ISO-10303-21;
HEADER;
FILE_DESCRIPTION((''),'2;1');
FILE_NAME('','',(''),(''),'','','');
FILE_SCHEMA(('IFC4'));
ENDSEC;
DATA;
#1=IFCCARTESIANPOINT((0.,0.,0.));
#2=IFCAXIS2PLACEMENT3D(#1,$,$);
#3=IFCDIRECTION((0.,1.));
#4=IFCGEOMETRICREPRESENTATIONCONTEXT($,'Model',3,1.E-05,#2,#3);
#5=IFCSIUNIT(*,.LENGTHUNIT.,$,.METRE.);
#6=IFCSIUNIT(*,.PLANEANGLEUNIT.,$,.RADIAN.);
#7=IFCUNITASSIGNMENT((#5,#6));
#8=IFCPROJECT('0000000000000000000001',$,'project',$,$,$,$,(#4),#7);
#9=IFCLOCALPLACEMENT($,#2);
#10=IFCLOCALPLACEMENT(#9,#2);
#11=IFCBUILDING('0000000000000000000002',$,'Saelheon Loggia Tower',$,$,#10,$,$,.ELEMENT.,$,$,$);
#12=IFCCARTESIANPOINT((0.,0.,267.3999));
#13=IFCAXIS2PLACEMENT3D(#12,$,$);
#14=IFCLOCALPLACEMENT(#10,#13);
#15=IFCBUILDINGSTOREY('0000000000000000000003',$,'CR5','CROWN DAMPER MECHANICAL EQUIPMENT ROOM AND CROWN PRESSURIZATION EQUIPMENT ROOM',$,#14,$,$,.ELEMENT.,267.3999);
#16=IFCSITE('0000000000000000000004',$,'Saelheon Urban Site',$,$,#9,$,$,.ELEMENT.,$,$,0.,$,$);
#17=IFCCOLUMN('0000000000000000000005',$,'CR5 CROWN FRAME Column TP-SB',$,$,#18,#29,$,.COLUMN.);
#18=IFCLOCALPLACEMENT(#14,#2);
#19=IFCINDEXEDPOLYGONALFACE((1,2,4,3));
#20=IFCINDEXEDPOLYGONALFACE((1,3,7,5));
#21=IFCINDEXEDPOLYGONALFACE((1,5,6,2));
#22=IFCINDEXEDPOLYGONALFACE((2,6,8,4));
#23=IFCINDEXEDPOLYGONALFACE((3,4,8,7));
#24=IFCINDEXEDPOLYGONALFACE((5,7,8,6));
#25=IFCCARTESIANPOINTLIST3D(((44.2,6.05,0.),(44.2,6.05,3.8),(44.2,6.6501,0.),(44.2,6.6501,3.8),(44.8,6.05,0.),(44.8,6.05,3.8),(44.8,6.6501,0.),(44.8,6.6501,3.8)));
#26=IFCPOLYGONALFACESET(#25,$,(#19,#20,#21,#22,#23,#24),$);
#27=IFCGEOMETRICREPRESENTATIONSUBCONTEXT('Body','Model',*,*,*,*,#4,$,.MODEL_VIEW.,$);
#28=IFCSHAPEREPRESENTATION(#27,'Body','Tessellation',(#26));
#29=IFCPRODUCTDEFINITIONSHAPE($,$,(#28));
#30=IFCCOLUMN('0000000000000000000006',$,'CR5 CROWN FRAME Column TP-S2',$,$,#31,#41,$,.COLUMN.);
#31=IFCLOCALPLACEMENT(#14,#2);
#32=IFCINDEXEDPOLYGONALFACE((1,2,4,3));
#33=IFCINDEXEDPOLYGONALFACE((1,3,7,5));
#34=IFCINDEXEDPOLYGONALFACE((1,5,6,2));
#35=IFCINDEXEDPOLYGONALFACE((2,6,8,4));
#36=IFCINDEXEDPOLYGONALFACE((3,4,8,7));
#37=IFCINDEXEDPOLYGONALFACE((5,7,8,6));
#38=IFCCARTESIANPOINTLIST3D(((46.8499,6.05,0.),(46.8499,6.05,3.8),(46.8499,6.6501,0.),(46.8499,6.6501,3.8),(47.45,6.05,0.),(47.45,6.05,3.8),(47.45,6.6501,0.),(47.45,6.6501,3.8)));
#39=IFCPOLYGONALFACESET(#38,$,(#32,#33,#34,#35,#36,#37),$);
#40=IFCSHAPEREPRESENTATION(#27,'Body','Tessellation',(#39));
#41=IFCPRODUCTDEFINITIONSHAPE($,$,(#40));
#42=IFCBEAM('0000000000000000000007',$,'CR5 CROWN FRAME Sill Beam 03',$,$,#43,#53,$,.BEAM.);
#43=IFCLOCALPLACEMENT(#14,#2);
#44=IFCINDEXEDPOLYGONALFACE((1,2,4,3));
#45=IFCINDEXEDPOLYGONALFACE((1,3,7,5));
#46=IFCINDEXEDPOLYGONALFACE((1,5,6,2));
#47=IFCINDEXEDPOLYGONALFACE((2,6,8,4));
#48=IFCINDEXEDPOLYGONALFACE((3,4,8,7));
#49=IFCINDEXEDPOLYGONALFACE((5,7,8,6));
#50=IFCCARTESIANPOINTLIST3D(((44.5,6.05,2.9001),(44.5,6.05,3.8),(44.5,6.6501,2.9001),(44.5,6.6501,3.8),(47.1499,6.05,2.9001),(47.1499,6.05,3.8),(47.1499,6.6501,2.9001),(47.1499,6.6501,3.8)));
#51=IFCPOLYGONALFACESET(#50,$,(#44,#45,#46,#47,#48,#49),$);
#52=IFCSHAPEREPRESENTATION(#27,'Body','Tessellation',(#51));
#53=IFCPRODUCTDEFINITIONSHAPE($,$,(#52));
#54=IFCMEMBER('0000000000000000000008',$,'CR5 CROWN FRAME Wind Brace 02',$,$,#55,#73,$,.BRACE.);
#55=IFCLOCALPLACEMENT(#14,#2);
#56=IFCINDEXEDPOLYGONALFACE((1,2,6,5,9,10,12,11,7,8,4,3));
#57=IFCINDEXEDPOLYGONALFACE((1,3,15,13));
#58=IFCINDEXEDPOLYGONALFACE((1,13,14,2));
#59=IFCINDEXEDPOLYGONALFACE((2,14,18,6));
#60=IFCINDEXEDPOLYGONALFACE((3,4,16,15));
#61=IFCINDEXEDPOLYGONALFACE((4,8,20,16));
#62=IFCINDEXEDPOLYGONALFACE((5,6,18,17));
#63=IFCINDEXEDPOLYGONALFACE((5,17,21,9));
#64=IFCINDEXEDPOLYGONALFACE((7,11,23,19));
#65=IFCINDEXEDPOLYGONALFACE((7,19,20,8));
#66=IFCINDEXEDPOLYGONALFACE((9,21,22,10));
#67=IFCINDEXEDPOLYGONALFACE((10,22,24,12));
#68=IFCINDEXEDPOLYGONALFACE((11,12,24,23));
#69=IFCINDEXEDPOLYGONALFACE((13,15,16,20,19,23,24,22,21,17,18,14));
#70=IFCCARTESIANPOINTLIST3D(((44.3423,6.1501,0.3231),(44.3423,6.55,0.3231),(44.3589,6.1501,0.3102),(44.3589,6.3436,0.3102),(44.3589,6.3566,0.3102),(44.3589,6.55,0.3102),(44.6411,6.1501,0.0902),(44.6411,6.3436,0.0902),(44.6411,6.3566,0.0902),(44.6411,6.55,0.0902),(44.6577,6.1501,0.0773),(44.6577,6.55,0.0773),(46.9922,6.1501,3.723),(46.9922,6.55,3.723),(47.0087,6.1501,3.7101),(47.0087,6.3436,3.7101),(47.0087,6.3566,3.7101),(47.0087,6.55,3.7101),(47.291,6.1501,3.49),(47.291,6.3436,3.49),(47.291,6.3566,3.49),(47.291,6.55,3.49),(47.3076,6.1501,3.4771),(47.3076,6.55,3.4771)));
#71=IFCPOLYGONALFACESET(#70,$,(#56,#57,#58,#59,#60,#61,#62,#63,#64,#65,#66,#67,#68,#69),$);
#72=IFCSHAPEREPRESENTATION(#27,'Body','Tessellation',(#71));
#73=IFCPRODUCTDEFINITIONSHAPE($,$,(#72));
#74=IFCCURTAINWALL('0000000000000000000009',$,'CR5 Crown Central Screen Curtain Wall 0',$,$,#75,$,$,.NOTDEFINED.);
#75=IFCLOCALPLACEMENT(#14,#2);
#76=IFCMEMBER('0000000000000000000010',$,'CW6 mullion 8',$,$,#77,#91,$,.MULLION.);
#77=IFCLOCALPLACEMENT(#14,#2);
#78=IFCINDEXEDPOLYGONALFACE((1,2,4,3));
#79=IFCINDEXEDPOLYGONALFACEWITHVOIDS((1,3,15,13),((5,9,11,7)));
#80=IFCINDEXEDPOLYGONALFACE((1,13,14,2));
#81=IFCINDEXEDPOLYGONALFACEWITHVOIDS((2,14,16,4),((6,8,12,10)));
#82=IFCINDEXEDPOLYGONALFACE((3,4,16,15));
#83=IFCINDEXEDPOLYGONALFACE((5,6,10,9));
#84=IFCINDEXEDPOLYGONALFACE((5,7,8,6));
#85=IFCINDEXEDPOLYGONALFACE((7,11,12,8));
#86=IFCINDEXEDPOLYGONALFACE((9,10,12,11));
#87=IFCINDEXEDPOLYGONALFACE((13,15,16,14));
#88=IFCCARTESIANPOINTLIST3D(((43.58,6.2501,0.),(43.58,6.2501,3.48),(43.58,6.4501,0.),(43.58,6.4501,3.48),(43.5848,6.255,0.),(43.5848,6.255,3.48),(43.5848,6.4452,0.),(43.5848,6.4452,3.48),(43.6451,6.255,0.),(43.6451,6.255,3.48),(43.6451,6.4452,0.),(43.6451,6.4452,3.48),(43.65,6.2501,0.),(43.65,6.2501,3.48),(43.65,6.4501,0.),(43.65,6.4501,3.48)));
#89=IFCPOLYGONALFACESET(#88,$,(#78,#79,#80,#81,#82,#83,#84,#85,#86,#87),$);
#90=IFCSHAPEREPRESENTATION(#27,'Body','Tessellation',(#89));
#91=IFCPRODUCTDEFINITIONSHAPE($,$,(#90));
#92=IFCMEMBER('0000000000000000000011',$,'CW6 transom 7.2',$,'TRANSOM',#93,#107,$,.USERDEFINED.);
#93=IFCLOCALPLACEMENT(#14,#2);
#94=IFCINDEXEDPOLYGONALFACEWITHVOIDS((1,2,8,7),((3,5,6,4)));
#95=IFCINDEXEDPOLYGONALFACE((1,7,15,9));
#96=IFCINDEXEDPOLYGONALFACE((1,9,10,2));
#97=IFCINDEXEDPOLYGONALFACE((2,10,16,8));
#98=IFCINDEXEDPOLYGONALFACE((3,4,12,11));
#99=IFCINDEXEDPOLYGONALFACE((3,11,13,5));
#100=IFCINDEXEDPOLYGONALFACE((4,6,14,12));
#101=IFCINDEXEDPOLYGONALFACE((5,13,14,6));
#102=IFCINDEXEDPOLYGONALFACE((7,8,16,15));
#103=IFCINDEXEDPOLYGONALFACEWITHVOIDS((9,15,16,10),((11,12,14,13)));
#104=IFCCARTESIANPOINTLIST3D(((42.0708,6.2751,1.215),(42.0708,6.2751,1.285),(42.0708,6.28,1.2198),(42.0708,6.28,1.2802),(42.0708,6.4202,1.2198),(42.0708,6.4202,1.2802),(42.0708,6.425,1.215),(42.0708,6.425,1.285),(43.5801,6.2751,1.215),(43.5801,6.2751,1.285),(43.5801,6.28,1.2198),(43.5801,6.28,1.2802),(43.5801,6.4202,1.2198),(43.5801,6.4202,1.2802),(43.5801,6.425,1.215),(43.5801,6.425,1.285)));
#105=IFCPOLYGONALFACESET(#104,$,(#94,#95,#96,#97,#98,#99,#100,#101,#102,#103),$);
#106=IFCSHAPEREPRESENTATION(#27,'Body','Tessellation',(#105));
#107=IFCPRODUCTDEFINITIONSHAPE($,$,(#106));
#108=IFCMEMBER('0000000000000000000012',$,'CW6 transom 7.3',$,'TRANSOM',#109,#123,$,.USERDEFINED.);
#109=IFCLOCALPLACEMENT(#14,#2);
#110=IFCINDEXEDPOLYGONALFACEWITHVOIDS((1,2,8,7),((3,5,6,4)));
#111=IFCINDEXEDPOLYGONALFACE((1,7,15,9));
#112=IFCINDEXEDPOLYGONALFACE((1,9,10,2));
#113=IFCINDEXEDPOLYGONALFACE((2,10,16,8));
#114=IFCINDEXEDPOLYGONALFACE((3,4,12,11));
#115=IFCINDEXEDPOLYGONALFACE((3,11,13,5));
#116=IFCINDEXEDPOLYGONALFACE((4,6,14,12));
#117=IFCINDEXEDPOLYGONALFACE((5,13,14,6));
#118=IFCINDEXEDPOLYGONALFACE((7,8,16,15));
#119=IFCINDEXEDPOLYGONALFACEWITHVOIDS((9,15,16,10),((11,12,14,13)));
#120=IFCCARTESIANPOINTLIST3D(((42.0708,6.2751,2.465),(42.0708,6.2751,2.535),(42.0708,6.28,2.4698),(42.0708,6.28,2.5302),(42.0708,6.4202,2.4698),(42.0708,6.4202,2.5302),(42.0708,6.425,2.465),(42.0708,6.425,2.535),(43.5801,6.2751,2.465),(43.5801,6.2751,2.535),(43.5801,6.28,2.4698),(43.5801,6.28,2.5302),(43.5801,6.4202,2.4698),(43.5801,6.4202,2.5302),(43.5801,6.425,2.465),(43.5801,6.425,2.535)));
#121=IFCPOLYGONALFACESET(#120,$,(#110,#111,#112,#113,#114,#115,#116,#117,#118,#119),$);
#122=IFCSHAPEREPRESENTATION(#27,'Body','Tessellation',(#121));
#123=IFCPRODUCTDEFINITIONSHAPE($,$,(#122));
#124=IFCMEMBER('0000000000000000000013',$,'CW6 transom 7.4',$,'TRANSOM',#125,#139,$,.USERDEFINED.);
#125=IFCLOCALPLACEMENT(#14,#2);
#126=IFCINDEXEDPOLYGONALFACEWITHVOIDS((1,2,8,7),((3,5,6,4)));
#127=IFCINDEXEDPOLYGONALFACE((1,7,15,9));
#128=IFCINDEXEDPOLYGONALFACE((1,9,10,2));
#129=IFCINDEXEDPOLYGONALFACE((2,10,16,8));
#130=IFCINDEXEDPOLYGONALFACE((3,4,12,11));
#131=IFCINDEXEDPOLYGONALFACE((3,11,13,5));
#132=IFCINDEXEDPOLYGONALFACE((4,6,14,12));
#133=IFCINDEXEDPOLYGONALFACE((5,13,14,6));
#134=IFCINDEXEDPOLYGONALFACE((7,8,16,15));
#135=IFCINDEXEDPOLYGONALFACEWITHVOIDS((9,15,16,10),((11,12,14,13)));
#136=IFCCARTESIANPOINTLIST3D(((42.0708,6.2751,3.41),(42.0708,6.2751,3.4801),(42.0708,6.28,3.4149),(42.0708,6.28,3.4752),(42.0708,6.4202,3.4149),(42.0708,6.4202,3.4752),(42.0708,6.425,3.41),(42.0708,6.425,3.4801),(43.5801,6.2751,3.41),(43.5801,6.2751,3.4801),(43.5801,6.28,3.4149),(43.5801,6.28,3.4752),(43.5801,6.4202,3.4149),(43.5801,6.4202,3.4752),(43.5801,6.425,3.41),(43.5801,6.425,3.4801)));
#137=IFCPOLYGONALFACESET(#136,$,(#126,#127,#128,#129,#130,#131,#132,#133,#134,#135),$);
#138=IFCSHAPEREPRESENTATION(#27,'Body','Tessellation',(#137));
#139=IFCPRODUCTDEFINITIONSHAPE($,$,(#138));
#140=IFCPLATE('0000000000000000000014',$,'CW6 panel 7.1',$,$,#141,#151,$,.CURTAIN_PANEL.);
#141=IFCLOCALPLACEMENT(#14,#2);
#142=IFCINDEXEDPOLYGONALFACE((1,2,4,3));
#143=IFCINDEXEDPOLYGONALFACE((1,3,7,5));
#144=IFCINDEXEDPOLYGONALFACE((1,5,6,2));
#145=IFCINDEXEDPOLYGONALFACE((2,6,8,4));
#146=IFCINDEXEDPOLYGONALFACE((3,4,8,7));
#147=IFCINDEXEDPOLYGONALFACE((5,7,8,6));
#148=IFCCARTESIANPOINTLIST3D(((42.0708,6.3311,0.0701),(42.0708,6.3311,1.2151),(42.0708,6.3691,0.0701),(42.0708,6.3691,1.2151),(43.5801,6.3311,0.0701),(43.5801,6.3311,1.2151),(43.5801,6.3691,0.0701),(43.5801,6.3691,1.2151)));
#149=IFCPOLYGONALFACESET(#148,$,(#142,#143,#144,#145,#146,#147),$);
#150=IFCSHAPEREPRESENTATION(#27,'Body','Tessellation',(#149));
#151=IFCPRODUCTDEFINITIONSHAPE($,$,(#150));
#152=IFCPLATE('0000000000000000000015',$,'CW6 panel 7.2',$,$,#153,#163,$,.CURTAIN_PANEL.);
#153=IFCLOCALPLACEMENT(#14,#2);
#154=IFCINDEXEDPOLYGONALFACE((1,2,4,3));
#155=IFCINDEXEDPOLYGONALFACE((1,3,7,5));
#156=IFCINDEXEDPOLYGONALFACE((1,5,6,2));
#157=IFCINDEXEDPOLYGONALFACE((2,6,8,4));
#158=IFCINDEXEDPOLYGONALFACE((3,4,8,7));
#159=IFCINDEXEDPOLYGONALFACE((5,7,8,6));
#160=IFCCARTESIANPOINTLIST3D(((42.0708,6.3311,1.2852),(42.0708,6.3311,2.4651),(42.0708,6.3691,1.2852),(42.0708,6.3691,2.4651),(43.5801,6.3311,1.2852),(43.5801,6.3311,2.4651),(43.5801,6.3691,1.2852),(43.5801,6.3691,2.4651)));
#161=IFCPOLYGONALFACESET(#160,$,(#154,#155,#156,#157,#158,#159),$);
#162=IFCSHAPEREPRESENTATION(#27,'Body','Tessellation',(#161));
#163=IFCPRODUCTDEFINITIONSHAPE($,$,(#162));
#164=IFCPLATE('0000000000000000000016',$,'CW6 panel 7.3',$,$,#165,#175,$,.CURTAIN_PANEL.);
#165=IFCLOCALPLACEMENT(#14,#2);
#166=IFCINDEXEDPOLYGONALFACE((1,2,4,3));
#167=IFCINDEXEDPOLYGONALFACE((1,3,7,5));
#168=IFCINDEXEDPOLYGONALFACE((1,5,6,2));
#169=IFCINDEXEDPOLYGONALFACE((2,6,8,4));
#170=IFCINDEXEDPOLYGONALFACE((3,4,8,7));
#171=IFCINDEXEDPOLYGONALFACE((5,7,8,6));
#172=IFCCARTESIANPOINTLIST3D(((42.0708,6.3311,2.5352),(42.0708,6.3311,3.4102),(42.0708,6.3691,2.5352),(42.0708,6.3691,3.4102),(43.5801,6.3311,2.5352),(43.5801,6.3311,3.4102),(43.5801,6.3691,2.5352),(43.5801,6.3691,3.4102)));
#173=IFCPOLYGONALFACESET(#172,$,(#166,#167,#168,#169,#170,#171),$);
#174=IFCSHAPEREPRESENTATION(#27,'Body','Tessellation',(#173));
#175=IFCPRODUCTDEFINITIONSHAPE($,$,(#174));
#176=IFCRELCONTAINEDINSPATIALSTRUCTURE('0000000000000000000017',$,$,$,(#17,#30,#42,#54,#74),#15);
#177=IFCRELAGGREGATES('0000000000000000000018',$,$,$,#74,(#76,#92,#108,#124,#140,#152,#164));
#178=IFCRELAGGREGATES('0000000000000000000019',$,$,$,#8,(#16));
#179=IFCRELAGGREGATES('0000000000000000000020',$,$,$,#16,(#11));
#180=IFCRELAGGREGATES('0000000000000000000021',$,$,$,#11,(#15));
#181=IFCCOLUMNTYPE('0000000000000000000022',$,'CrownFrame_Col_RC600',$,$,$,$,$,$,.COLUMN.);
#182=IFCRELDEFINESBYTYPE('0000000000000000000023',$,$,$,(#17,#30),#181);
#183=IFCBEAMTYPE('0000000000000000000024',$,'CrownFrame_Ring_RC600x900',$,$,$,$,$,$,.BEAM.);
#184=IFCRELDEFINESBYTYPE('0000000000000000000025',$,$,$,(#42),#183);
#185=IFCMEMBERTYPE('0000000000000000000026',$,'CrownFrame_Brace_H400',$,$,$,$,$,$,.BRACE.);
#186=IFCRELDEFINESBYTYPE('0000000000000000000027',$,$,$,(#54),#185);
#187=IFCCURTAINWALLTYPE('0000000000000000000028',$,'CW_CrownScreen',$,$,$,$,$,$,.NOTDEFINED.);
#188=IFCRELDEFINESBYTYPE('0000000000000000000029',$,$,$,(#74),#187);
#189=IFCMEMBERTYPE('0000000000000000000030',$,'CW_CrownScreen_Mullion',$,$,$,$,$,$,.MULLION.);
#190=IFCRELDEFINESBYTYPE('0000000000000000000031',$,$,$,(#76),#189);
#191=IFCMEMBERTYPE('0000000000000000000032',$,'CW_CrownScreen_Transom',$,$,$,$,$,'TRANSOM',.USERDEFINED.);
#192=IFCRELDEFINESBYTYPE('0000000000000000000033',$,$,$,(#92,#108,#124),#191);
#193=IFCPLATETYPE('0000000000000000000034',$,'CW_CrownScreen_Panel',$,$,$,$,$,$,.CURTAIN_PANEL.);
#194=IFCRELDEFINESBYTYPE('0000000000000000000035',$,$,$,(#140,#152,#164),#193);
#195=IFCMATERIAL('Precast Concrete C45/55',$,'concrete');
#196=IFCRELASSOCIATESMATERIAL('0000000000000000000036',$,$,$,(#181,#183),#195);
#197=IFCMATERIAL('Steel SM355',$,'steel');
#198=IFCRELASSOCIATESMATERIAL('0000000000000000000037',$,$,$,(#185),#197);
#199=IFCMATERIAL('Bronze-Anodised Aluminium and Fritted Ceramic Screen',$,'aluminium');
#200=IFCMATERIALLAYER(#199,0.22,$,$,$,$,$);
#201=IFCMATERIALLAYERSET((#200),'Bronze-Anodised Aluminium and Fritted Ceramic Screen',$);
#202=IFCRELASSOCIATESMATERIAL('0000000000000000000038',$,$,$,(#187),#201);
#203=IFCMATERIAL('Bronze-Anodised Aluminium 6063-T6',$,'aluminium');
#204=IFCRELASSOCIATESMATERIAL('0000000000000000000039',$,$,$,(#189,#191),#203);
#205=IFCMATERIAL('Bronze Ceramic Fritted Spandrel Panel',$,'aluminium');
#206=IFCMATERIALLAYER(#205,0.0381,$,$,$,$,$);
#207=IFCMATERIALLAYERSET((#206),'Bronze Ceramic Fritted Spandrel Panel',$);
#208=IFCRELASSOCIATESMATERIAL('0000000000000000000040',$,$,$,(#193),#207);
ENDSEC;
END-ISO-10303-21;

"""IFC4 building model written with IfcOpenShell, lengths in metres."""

from ifc_helpers import new_model, si_unit, direction, frame, origin, origin_2d, place, context, subcontext, project, spatial, rectangle, hollow_rectangle, i_section, extrude, source, transform, mapped, material, layer, layer_set, material_profile, profile_set, type_object, element, aggregate, save


model = new_model("IFC4")

# Units and contexts
model_context = context("Model", 3, precision=1e-05, world=origin(), true_north=direction((0.0, 1.0)))
body_context = subcontext(model_context, "Body", "Model", "MODEL_VIEW")
ifc_project = project(units=[si_unit("LENGTHUNIT", "METRE"), si_unit("PLANEANGLEUNIT", "RADIAN")], contexts=[model_context])

# Site, building, storey
site_placement = place(None, origin())
site = spatial("IfcSite", under=ifc_project, at=site_placement, Name="Saelheon Urban Site", CompositionType="ELEMENT", RefElevation=0.0)
building_placement = place(site_placement, origin())
building = spatial("IfcBuilding", under=site, at=building_placement, Name="Saelheon Loggia Tower", CompositionType="ELEMENT")
storey_placement = place(building_placement, frame((0.0, 0.0, 267.3999)))
storey = spatial("IfcBuildingStorey", under=building, at=storey_placement, Name="CR5", Description="CROWN DAMPER MECHANICAL EQUIPMENT ROOM AND CROWN PRESSURIZATION EQUIPMENT ROOM", CompositionType="ELEMENT", Elevation=267.3999)

# Columns
ifc_material_1 = material(Name="Precast Concrete C45/55", Category="concrete")
ifc_material_profile_1 = material_profile(ifc_material_1, rectangle(XDim=0.6001, YDim=0.6001, at=origin_2d()), Name="RC-600x600")
ifc_profile_set_1 = profile_set([ifc_material_profile_1], Name="Precast Concrete C45/55")
column_type = type_object("IfcColumnType", Name="CrownFrame_Col_RC600", PredefinedType="COLUMN", material=ifc_profile_set_1)
shared_shape_1 = source(origin(), body_context, "Body", "SweptSolid", [
    extrude(rectangle(XDim=0.6001, YDim=0.6001, at=origin_2d()), origin(), (0.0, 0.0, 1.0), 3.8),
])
for number, where, z_axis, x_axis, name in (
    (1, (44.5, 6.3501, 0.0), (0.0, 0.0, 1.0), (1.0, 0.0, 0.0), "CR5 CROWN FRAME Column TP-SB"),
    (2, (47.1499, 6.3501, 0.0), (0.0, 0.0, 1.0), (1.0, 0.0, 0.0), "CR5 CROWN FRAME Column TP-S2"),
):
    element("IfcColumn", number, at=place(storey_placement, frame(where, z_axis=z_axis, x_axis=x_axis)), inside=storey, type_object=column_type, Name=name, PredefinedType="COLUMN", context=body_context, shape_type="MappedRepresentation", body=[
        mapped(shared_shape_1, transform((0.0, 0.0, 0.0), scale=1.0)),
    ])

# Beam
ifc_material_profile_2 = material_profile(ifc_material_1, rectangle(XDim=0.6001, YDim=0.8999, at=origin_2d()), Name="RC-600x900")
ifc_profile_set_2 = profile_set([ifc_material_profile_2], Name="Precast Concrete C45/55")
beam_type = type_object("IfcBeamType", Name="CrownFrame_Ring_RC600x900", PredefinedType="BEAM", material=ifc_profile_set_2)
shared_shape_2 = source(origin(), body_context, "Body", "SweptSolid", [
    extrude(rectangle(XDim=0.6001, YDim=0.8999, at=origin_2d()), origin(), (0.0, 0.0, 1.0), 2.6499),
])
beam_placement = place(storey_placement, frame((44.5, 6.3501, 3.3501), z_axis=(1.0, 0.0, 0.0), x_axis=(0.0, 1.0, 0.0)))
element("IfcBeam", 3, at=beam_placement, inside=storey, type_object=beam_type, Name="CR5 CROWN FRAME Sill Beam 03", PredefinedType="BEAM", context=body_context, shape_type="MappedRepresentation", body=[
    mapped(shared_shape_2, transform((0.0, 0.0, 0.0), scale=1.0)),
])

# Member
ifc_material_2 = material(Name="Steel SM355", Category="steel")
ifc_material_profile_3 = material_profile(ifc_material_2, i_section(OverallWidth=0.3999, OverallDepth=0.3999, WebThickness=0.0129, FlangeThickness=0.021, at=origin_2d()), Name="H-400x400x13x21")
ifc_profile_set_3 = profile_set([ifc_material_profile_3], Name="Steel SM355")
member_type_1 = type_object("IfcMemberType", Name="CrownFrame_Brace_H400", PredefinedType="BRACE", material=ifc_profile_set_3)
shared_shape_3 = source(origin(), body_context, "Body", "SweptSolid", [
    extrude(i_section(OverallWidth=0.3999, OverallDepth=0.3999, WebThickness=0.0129, FlangeThickness=0.021, at=origin_2d()), origin(), (0.0, 0.0, 1.0), 4.3105),
])
member_1_placement = place(storey_placement, frame((44.5, 6.3501, 0.2002), z_axis=(0.61474, 0.0, 0.78873), x_axis=(0.0, 1.0, 0.0)))
element("IfcMember", 4, at=member_1_placement, inside=storey, type_object=member_type_1, Name="CR5 CROWN FRAME Wind Brace 02", PredefinedType="BRACE", context=body_context, shape_type="MappedRepresentation", body=[
    mapped(shared_shape_3, transform((0.0, 0.0, 0.0), scale=1.0)),
])

# Curtain wall, members, plates
ifc_material_3 = material(Name="Bronze-Anodised Aluminium and Fritted Ceramic Screen", Category="aluminium")
ifc_layer_1 = layer(ifc_material_3, 0.22)
ifc_layer_set_1 = layer_set([ifc_layer_1], Name="Bronze-Anodised Aluminium and Fritted Ceramic Screen")
curtain_wall_type = type_object("IfcCurtainWallType", Name="CW_CrownScreen", PredefinedType="NOTDEFINED", material=ifc_layer_set_1)
curtain_wall_placement = place(storey_placement, origin())
curtain_wall = element("IfcCurtainWall", 5, at=curtain_wall_placement, inside=storey, type_object=curtain_wall_type, Name="CR5 Crown Central Screen Curtain Wall 0", PredefinedType="NOTDEFINED")
ifc_material_4 = material(Name="Bronze-Anodised Aluminium 6063-T6", Category="aluminium")
ifc_material_profile_4 = material_profile(ifc_material_4, hollow_rectangle(XDim=0.0701, YDim=0.2, WallThickness=0.0049, at=origin_2d()), Name="RHS-200x70x5")
ifc_profile_set_4 = profile_set([ifc_material_profile_4], Name="Bronze-Anodised Aluminium 6063-T6")
member_type_2 = type_object("IfcMemberType", Name="CW_CrownScreen_Mullion", PredefinedType="MULLION", material=ifc_profile_set_4)
shared_shape_4 = source(origin(), body_context, "Body", "SweptSolid", [
    extrude(hollow_rectangle(XDim=0.0701, YDim=0.2, WallThickness=0.0049, at=origin_2d()), origin(), (0.0, 0.0, 1.0), 3.48),
])
member_2_placement = place(storey_placement, frame((43.615, 6.3501, 0.0), z_axis=(0.0, 0.0, 1.0), x_axis=(1.0, 0.0, 0.0)))
member_2 = element("IfcMember", 6, at=member_2_placement, type_object=member_type_2, Name="CW6 mullion 8", PredefinedType="MULLION", context=body_context, shape_type="MappedRepresentation", body=[
    mapped(shared_shape_4, transform((0.0, 0.0, 0.0), scale=1.0)),
])
ifc_material_profile_5 = material_profile(ifc_material_4, hollow_rectangle(XDim=0.0701, YDim=0.1499, WallThickness=0.0049, at=origin_2d()), Name="RHS-150x70x5")
ifc_profile_set_5 = profile_set([ifc_material_profile_5], Name="Bronze-Anodised Aluminium 6063-T6")
member_type_3 = type_object("IfcMemberType", Name="CW_CrownScreen_Transom", ElementType="TRANSOM", PredefinedType="USERDEFINED", material=ifc_profile_set_5)
shared_shape_5 = source(origin(), body_context, "Body", "SweptSolid", [
    extrude(hollow_rectangle(XDim=0.0701, YDim=0.1499, WallThickness=0.0049, at=origin_2d()), origin(), (0.0, 0.0, 1.0), 1.5093),
])
member_3_placement = place(storey_placement, frame((42.0708, 6.3501, 1.25), z_axis=(1.0, 0.0, 0.0), x_axis=(0.0, 0.0, 1.0)))
member_3 = element("IfcMember", 7, at=member_3_placement, type_object=member_type_3, Name="CW6 transom 7.2", ObjectType="TRANSOM", PredefinedType="USERDEFINED", context=body_context, shape_type="MappedRepresentation", body=[
    mapped(shared_shape_5, transform((0.0, 0.0, 0.0), scale=1.0)),
])
member_4_placement = place(storey_placement, frame((42.0708, 6.3501, 2.5), z_axis=(1.0, 0.0, 0.0), x_axis=(0.0, 0.0, 1.0)))
member_4 = element("IfcMember", 8, at=member_4_placement, type_object=member_type_3, Name="CW6 transom 7.3", ObjectType="TRANSOM", PredefinedType="USERDEFINED", context=body_context, shape_type="MappedRepresentation", body=[
    mapped(shared_shape_5, transform((0.0, 0.0, 0.0), scale=1.0)),
])
member_5_placement = place(storey_placement, frame((42.0708, 6.3501, 3.4451), z_axis=(1.0, 0.0, 0.0), x_axis=(0.0, 0.0, 1.0)))
member_5 = element("IfcMember", 9, at=member_5_placement, type_object=member_type_3, Name="CW6 transom 7.4", ObjectType="TRANSOM", PredefinedType="USERDEFINED", context=body_context, shape_type="MappedRepresentation", body=[
    mapped(shared_shape_5, transform((0.0, 0.0, 0.0), scale=1.0)),
])
ifc_material_5 = material(Name="Bronze Ceramic Fritted Spandrel Panel", Category="aluminium")
ifc_layer_2 = layer(ifc_material_5, 0.0381)
ifc_layer_set_2 = layer_set([ifc_layer_2], Name="Bronze Ceramic Fritted Spandrel Panel")
plate_type = type_object("IfcPlateType", Name="CW_CrownScreen_Panel", PredefinedType="CURTAIN_PANEL", material=ifc_layer_set_2)
shared_shape_6 = source(origin(), body_context, "Body", "SweptSolid", [
    extrude(rectangle(XDim=1.5093, YDim=0.0381, at=origin_2d()), origin(), (0.0, 0.0, 1.0), 1.145),
])
plate_1_placement = place(storey_placement, frame((42.8254, 6.3501, 0.0701), z_axis=(0.0, 0.0, 1.0), x_axis=(1.0, 0.0, 0.0)))
plate_1 = element("IfcPlate", 10, at=plate_1_placement, type_object=plate_type, Name="CW6 panel 7.1", PredefinedType="CURTAIN_PANEL", context=body_context, shape_type="MappedRepresentation", body=[
    mapped(shared_shape_6, transform((0.0, 0.0, 0.0), scale=1.0)),
])
shared_shape_7 = source(origin(), body_context, "Body", "SweptSolid", [
    extrude(rectangle(XDim=1.5093, YDim=0.0381, at=origin_2d()), origin(), (0.0, 0.0, 1.0), 1.1799),
])
plate_2_placement = place(storey_placement, frame((42.8254, 6.3501, 1.2852), z_axis=(0.0, 0.0, 1.0), x_axis=(1.0, 0.0, 0.0)))
plate_2 = element("IfcPlate", 11, at=plate_2_placement, type_object=plate_type, Name="CW6 panel 7.2", PredefinedType="CURTAIN_PANEL", context=body_context, shape_type="MappedRepresentation", body=[
    mapped(shared_shape_7, transform((0.0, 0.0, 0.0), scale=1.0)),
])
shared_shape_8 = source(origin(), body_context, "Body", "SweptSolid", [
    extrude(rectangle(XDim=1.5093, YDim=0.0381, at=origin_2d()), origin(), (0.0, 0.0, 1.0), 0.875),
])
plate_3_placement = place(storey_placement, frame((42.8254, 6.3501, 2.5352), z_axis=(0.0, 0.0, 1.0), x_axis=(1.0, 0.0, 0.0)))
plate_3 = element("IfcPlate", 12, at=plate_3_placement, type_object=plate_type, Name="CW6 panel 7.3", PredefinedType="CURTAIN_PANEL", context=body_context, shape_type="MappedRepresentation", body=[
    mapped(shared_shape_8, transform((0.0, 0.0, 0.0), scale=1.0)),
])
aggregate(curtain_wall, [member_2, member_3, member_4, member_5, plate_1, plate_2, plate_3])

save(model, "model.ifc")
